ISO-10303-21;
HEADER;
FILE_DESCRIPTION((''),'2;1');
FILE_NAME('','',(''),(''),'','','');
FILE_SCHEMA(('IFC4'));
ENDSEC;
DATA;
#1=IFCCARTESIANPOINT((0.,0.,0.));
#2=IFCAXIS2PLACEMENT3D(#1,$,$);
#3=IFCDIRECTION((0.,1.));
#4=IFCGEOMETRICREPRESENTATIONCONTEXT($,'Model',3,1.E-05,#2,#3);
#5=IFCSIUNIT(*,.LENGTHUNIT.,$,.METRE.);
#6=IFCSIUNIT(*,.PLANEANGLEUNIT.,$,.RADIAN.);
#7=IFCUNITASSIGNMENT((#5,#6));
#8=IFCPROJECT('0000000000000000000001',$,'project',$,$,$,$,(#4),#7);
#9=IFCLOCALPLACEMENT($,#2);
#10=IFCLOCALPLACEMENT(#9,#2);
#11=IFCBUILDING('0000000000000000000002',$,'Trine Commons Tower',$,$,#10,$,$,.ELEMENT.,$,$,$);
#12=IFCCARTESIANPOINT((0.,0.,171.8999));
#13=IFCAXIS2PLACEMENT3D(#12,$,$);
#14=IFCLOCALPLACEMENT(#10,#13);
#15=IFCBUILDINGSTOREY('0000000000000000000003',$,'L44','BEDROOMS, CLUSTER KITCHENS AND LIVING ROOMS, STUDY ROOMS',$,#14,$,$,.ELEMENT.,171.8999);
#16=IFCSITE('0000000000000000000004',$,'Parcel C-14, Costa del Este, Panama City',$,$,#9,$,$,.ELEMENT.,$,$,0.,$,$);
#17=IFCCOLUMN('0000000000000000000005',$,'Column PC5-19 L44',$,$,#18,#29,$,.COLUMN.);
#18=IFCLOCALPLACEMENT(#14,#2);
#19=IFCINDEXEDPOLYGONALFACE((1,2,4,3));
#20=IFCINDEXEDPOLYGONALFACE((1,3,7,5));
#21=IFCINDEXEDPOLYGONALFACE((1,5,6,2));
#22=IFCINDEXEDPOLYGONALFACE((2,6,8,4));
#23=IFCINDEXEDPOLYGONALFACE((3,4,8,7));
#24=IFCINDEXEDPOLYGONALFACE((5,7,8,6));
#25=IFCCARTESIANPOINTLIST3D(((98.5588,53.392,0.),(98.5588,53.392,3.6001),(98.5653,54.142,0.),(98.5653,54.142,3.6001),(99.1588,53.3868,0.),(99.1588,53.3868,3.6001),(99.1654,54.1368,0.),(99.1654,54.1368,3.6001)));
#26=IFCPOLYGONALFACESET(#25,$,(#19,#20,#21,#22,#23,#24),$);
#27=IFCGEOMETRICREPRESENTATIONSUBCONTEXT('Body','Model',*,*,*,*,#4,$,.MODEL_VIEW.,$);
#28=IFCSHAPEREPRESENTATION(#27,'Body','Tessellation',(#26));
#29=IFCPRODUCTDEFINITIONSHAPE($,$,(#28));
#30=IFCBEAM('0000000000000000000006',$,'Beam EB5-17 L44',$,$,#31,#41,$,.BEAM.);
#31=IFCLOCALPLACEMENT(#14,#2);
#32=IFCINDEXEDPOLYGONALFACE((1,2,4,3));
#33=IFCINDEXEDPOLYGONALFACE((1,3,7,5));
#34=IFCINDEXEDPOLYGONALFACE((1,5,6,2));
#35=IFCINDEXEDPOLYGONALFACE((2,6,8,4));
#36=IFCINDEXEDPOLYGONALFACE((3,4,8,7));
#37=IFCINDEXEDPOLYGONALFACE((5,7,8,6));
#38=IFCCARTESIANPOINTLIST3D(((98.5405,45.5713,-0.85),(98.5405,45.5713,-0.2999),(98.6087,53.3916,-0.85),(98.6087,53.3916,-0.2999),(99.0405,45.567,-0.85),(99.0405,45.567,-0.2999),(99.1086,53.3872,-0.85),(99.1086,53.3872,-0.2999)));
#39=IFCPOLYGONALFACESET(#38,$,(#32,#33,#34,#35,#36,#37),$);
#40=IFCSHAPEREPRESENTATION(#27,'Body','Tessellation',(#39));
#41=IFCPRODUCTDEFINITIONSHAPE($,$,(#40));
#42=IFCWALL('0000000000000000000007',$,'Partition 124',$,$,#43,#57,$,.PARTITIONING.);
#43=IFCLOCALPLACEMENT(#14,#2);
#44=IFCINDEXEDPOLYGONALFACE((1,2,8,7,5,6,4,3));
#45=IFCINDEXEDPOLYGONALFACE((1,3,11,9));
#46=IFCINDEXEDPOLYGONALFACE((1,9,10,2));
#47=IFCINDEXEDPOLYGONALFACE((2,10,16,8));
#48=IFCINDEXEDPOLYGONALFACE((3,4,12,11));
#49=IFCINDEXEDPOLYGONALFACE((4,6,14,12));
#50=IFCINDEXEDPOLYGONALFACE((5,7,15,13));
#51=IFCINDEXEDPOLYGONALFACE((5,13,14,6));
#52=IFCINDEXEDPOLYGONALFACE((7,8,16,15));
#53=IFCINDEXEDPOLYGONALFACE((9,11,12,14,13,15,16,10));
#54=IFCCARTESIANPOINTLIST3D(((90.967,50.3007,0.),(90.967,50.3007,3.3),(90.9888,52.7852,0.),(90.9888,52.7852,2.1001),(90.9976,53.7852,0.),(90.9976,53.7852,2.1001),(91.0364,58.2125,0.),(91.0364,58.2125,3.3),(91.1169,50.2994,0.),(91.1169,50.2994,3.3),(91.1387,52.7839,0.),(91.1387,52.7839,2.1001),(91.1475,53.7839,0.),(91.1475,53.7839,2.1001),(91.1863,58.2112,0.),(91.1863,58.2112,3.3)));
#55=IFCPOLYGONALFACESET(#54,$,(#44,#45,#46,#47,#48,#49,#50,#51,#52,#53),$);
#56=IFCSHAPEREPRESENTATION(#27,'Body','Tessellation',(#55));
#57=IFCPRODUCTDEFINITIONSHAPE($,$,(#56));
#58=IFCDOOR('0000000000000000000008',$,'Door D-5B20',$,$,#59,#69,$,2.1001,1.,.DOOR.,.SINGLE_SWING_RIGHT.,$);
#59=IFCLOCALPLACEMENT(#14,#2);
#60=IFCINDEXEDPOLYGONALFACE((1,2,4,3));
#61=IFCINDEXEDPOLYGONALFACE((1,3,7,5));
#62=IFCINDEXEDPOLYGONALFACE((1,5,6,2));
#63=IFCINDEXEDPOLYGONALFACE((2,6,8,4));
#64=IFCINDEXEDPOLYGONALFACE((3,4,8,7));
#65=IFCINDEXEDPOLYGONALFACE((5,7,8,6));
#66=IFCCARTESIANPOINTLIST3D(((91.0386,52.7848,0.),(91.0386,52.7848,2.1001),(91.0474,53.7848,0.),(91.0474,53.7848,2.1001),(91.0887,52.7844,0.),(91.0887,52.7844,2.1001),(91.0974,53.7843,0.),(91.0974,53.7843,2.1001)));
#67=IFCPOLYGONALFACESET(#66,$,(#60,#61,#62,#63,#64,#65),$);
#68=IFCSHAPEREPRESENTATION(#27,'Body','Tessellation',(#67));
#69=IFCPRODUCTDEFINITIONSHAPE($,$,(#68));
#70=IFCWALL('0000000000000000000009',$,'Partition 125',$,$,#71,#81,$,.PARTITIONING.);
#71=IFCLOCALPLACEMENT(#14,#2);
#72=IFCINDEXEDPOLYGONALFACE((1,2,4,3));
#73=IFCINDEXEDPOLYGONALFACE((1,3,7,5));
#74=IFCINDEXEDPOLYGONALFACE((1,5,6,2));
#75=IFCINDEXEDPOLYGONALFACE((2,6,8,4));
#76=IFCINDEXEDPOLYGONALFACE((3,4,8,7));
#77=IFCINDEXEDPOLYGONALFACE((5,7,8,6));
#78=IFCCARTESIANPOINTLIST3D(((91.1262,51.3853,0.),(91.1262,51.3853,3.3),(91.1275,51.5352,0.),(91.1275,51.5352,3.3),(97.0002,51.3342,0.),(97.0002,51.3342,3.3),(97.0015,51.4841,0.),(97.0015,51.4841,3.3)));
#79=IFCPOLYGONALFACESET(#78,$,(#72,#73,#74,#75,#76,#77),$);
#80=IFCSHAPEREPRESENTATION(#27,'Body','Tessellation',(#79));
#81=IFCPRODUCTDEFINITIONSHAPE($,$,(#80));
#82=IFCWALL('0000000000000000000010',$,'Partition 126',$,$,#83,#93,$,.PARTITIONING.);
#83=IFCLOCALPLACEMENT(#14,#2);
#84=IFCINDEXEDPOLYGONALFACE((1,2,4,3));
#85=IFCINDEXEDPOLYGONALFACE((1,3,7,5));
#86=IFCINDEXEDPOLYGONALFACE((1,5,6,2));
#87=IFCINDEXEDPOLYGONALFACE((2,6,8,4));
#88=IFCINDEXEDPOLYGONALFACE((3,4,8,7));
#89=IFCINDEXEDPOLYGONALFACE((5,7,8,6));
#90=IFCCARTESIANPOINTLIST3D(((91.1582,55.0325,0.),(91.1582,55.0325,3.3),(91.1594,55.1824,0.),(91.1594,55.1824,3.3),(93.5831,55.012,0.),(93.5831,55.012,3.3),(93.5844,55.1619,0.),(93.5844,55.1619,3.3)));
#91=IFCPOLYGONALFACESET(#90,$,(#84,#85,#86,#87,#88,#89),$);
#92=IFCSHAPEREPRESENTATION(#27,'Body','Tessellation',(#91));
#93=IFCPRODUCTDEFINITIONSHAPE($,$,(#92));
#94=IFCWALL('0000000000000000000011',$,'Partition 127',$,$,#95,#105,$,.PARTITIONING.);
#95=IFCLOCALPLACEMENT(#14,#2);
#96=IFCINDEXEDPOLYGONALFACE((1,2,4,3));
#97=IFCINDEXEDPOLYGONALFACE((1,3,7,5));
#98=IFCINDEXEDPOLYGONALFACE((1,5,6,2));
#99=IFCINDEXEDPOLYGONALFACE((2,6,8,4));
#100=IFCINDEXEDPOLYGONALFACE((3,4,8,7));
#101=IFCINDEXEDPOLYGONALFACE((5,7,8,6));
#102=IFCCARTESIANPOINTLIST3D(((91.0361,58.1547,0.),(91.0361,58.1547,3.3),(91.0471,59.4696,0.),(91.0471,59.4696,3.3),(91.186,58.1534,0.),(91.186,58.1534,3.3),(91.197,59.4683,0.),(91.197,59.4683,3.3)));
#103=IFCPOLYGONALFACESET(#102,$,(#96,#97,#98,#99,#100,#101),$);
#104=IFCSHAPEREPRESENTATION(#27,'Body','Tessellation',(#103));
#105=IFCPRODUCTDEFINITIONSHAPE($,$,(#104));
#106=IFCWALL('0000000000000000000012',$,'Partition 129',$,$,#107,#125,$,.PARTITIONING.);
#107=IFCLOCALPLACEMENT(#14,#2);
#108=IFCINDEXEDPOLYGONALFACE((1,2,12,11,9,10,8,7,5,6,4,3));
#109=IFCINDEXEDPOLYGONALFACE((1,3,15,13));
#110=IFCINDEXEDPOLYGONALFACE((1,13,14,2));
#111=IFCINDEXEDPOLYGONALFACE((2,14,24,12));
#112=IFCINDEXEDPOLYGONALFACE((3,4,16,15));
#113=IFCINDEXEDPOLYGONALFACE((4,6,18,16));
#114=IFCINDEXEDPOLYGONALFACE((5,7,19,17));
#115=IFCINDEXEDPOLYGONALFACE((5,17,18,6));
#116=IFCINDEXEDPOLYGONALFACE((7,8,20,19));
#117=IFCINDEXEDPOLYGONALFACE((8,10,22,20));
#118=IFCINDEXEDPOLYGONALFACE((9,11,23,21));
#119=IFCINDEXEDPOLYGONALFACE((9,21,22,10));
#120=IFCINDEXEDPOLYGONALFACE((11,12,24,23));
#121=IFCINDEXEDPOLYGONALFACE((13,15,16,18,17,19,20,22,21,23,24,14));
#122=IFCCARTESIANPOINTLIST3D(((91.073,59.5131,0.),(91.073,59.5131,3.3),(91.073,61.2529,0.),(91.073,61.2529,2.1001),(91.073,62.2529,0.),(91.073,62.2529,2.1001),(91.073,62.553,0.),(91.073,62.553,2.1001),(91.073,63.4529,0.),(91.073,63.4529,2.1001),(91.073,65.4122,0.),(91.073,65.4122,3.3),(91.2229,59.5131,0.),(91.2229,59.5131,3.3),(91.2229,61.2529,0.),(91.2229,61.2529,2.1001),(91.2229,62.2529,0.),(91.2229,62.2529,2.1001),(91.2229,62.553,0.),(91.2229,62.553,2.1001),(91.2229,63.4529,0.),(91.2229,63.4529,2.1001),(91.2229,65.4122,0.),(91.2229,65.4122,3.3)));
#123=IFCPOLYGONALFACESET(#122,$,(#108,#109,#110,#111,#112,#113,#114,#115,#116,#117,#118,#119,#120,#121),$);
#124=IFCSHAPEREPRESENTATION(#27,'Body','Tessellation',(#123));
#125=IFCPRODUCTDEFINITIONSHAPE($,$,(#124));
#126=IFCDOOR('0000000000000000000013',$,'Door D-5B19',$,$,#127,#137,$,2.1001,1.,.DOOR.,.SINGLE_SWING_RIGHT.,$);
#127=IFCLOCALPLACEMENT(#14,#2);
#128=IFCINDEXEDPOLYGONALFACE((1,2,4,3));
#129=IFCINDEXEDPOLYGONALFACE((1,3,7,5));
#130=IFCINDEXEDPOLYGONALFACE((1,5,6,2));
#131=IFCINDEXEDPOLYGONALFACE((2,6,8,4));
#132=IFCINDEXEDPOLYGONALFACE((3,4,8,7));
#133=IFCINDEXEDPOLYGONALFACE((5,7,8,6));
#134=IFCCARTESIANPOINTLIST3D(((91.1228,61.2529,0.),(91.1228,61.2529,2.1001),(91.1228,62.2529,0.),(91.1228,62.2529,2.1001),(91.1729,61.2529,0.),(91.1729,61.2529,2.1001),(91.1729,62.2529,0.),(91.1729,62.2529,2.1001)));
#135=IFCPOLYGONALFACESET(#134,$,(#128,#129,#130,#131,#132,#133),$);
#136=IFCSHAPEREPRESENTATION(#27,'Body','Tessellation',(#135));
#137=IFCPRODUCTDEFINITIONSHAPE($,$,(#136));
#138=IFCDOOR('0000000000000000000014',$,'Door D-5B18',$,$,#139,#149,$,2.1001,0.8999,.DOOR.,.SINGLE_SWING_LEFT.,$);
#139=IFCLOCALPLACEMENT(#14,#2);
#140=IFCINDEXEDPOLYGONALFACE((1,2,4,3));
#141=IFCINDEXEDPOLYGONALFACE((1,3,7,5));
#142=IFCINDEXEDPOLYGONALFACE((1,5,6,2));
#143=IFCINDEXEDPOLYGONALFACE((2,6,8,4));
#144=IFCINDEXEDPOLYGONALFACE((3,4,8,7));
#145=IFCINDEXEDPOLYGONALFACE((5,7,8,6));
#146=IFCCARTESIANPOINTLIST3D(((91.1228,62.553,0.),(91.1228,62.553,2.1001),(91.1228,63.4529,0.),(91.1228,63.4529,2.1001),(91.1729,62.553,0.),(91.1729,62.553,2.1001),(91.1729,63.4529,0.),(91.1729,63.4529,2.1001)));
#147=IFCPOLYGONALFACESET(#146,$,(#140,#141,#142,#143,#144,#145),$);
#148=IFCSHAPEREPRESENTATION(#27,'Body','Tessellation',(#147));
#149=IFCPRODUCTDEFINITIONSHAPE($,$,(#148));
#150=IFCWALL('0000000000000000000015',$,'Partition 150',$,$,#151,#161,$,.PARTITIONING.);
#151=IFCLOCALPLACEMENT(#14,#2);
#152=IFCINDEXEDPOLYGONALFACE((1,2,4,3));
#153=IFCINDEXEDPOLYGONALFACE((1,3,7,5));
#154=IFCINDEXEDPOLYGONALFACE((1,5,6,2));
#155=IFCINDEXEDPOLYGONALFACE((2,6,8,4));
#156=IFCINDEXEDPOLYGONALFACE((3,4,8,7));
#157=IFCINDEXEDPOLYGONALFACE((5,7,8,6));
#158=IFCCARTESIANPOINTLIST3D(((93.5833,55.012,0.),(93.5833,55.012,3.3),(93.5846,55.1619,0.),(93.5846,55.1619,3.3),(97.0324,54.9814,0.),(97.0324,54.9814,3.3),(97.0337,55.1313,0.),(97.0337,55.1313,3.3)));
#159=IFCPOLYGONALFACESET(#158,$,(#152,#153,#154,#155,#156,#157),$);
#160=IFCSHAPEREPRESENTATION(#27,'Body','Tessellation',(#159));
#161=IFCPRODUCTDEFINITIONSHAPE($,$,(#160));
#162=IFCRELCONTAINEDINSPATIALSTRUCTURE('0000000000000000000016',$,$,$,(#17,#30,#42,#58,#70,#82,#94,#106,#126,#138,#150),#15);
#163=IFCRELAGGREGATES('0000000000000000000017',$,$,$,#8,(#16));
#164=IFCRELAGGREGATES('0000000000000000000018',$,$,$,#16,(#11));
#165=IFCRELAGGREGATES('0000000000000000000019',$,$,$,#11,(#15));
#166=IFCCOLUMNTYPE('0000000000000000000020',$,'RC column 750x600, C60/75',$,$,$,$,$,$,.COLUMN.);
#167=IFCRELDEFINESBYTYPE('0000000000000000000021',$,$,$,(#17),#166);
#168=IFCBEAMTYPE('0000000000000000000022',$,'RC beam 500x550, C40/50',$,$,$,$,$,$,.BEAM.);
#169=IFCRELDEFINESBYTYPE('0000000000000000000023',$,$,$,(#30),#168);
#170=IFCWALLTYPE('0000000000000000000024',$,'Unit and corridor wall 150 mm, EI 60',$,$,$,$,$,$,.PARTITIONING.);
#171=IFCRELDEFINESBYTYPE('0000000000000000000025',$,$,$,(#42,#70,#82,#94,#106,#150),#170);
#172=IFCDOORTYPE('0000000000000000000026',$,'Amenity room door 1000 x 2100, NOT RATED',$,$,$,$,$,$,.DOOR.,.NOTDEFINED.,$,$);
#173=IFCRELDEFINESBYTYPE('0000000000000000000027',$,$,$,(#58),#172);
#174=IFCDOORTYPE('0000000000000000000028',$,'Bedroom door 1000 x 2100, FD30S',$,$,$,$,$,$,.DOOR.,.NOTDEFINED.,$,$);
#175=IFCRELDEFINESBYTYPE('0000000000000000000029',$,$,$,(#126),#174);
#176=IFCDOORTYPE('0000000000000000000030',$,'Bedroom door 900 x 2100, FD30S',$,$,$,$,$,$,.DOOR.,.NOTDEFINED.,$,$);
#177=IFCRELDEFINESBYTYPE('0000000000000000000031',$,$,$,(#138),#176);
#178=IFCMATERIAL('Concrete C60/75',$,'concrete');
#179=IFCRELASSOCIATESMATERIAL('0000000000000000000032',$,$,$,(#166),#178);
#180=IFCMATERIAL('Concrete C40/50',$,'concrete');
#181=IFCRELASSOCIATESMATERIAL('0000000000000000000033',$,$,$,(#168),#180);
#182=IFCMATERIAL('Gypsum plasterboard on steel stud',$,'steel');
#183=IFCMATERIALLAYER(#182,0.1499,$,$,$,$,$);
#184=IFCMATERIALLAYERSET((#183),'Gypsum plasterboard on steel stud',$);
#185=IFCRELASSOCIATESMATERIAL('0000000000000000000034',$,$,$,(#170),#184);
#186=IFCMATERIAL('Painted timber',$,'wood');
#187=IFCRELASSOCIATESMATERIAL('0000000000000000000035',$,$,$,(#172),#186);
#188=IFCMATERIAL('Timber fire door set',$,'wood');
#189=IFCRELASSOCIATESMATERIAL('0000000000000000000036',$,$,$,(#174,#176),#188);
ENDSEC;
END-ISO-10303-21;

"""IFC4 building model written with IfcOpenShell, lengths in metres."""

from ifc_helpers import new_model, si_unit, direction, frame, frame_2d, origin, origin_2d, place, context, subcontext, project, spatial, rectangle, extrude, material, layer, layer_set, material_profile, profile_set, type_object, element, fill, save


model = new_model("IFC4")

# Units and contexts
model_context = context("Model", 3, precision=1e-05, world=origin(), true_north=direction((0.0, 1.0)))
body_context = subcontext(model_context, "Body", "Model", "MODEL_VIEW")
ifc_project = project(units=[si_unit("LENGTHUNIT", "METRE"), si_unit("PLANEANGLEUNIT", "RADIAN")], contexts=[model_context])

# Site, building, storey
site_placement = place(None, origin())
site = spatial("IfcSite", under=ifc_project, at=site_placement, Name="Parcel C-14, Costa del Este, Panama City", CompositionType="ELEMENT", RefElevation=0.0)
building_placement = place(site_placement, origin())
building = spatial("IfcBuilding", under=site, at=building_placement, Name="Trine Commons Tower", CompositionType="ELEMENT")
storey_placement = place(building_placement, frame((0.0, 0.0, 171.8999)))
storey = spatial("IfcBuildingStorey", under=building, at=storey_placement, Name="L44", Description="BEDROOMS, CLUSTER KITCHENS AND LIVING ROOMS, STUDY ROOMS", CompositionType="ELEMENT", Elevation=171.8999)

# Column
ifc_material_1 = material(Name="Concrete C60/75", Category="concrete")
ifc_material_profile_1 = material_profile(ifc_material_1, rectangle(XDim=0.75, YDim=0.6001, at=origin_2d()), Name="RC 750x600")
ifc_profile_set_1 = profile_set([ifc_material_profile_1], Name="Concrete C60/75")
column_type = type_object("IfcColumnType", Name="RC column 750x600, C60/75", PredefinedType="COLUMN", material=ifc_profile_set_1)
column_placement = place(storey_placement, frame((98.8621, 53.7644, 0.0), z_axis=(0.0, 0.0, 1.0), x_axis=(0.008727, 0.999962, 0.0)))
element("IfcColumn", 1, at=column_placement, inside=storey, type_object=column_type, Name="Column PC5-19 L44", PredefinedType="COLUMN", context=body_context, shape_type="SweptSolid", body=[
    extrude(rectangle(XDim=0.75, YDim=0.6001, at=origin_2d()), origin(), (0.0, 0.0, 1.0), 3.6001),
])

# Beam
ifc_material_2 = material(Name="Concrete C40/50", Category="concrete")
ifc_material_profile_2 = material_profile(ifc_material_2, rectangle(XDim=0.5, YDim=0.55, at=origin_2d()), Name="RC 500x550")
ifc_profile_set_2 = profile_set([ifc_material_profile_2], Name="Concrete C40/50")
beam_type = type_object("IfcBeamType", Name="RC beam 500x550, C40/50", PredefinedType="BEAM", material=ifc_profile_set_2)
beam_placement = place(storey_placement, frame((98.8586, 53.3894, -0.575), z_axis=(-0.00871, -0.999962, 0.0), x_axis=(0.999962, -0.00871, 0.0)))
element("IfcBeam", 2, at=beam_placement, inside=storey, type_object=beam_type, Name="Beam EB5-17 L44", PredefinedType="BEAM", context=body_context, shape_type="SweptSolid", body=[
    extrude(rectangle(XDim=0.5, YDim=0.55, at=origin_2d()), origin(), (0.0, 0.0, 1.0), 7.8206),
])

# Wall, opening, door
ifc_material_3 = material(Name="Gypsum plasterboard on steel stud", Category="steel")
ifc_layer_1 = layer(ifc_material_3, 0.1499)
ifc_layer_set_1 = layer_set([ifc_layer_1], Name="Gypsum plasterboard on steel stud")
wall_type_1 = type_object("IfcWallType", Name="Unit and corridor wall 150 mm, EI 60", PredefinedType="PARTITIONING", material=ifc_layer_set_1)
wall_1_placement = place(storey_placement, frame((91.042, 50.3, 0.0), z_axis=(0.0, 0.0, 1.0), x_axis=(0.008763, 0.999962, 0.0)))
wall_1 = element("IfcWall", 3, at=wall_1_placement, inside=storey, type_object=wall_type_1, Name="Partition 124", PredefinedType="PARTITIONING", context=body_context, shape_type="SweptSolid", body=[
    extrude(rectangle(XDim=7.9121, YDim=0.1499, at=frame_2d((3.9561, 0.0))), origin(), (0.0, 0.0, 1.0), 3.3),
])
opening_1_placement = place(wall_1_placement, frame((2.4846, 0.0, 0.0)))
opening_1 = element("IfcOpeningElement", 4, at=opening_1_placement, cuts=wall_1, PredefinedType="OPENING", context=body_context, shape_type="SweptSolid", body=[
    extrude(rectangle(XDim=1.0, YDim=2.1001, at=frame_2d((0.5, 1.05))), frame((0.0, 0.085, 0.0), z_axis=(0.0, -1.0, 0.0), x_axis=(1.0, 0.0, 0.0)), (0.0, 0.0, 1.0), 0.1699),
])
ifc_material_4 = material(Name="Painted timber", Category="wood")
door_type_1 = type_object("IfcDoorType", Name="Amenity room door 1000 x 2100, NOT RATED", OperationType="NOTDEFINED", PredefinedType="DOOR", material=ifc_material_4)
door_1_placement = place(opening_1_placement, frame((1.0, 0.0, 0.0), z_axis=(0.0, 0.0, 1.0), x_axis=(-1.0, 0.0, 0.0)))
door_1 = element("IfcDoor", 5, at=door_1_placement, inside=storey, type_object=door_type_1, Name="Door D-5B20", OperationType="SINGLE_SWING_RIGHT", OverallHeight=2.1001, OverallWidth=1.0, PredefinedType="DOOR", context=body_context, shape_type="SweptSolid", body=[
    extrude(rectangle(XDim=1.0, YDim=2.1001, at=frame_2d((0.5, 1.05))), frame((0.0, 0.0249, 0.0), z_axis=(0.0, -1.0, 0.0), x_axis=(1.0, 0.0, 0.0)), (0.0, 0.0, 1.0), 0.05),
])
fill(opening_1, door_1)

# Walls
wall_2_placement = place(storey_placement, frame((91.127, 51.4602, 0.0), z_axis=(0.0, 0.0, 1.0), x_axis=(0.999962, -0.008686, 0.0)))
element("IfcWall", 6, at=wall_2_placement, inside=storey, type_object=wall_type_1, Name="Partition 125", PredefinedType="PARTITIONING", context=body_context, shape_type="SweptSolid", body=[
    extrude(rectangle(XDim=5.8743, YDim=0.1499, at=frame_2d((2.937, 0.0))), origin(), (0.0, 0.0, 1.0), 3.3),
])
wall_3_placement = place(storey_placement, frame((91.1589, 55.1074, 0.0), z_axis=(0.0, 0.0, 1.0), x_axis=(0.999964, -0.008456, 0.0)))
element("IfcWall", 7, at=wall_3_placement, inside=storey, type_object=wall_type_1, Name="Partition 126", PredefinedType="PARTITIONING", context=body_context, shape_type="SweptSolid", body=[
    extrude(rectangle(XDim=2.425, YDim=0.1499, at=frame_2d((1.2124, 0.0))), origin(), (0.0, 0.0, 1.0), 3.3),
])
wall_4_placement = place(storey_placement, frame((91.1111, 58.1541, 0.0), z_axis=(0.0, 0.0, 1.0), x_axis=(0.008355, 0.999965, 0.0)))
element("IfcWall", 8, at=wall_4_placement, inside=storey, type_object=wall_type_1, Name="Partition 127", PredefinedType="PARTITIONING", context=body_context, shape_type="SweptSolid", body=[
    extrude(rectangle(XDim=1.3149, YDim=0.1499, at=frame_2d((0.6575, 0.0))), origin(), (0.0, 0.0, 1.0), 3.3),
])

# Wall, openings, doors
wall_5_placement = place(storey_placement, frame((91.1479, 59.5129, 0.0), z_axis=(0.0, 0.0, 1.0), x_axis=(0.0, 1.0, 0.0)))
wall_5 = element("IfcWall", 9, at=wall_5_placement, inside=storey, type_object=wall_type_1, Name="Partition 129", PredefinedType="PARTITIONING", context=body_context, shape_type="SweptSolid", body=[
    extrude(rectangle(XDim=5.8992, YDim=0.1499, at=frame_2d((2.9497, 0.0))), origin(), (0.0, 0.0, 1.0), 3.3),
])
opening_2_placement = place(wall_5_placement, frame((3.04, 0.0, 0.0)))
opening_2 = element("IfcOpeningElement", 10, at=opening_2_placement, cuts=wall_5, PredefinedType="OPENING", context=body_context, shape_type="SweptSolid", body=[
    extrude(rectangle(XDim=0.8999, YDim=2.1001, at=frame_2d((0.45, 1.05))), frame((0.0, 0.085, 0.0), z_axis=(0.0, -1.0, 0.0), x_axis=(1.0, 0.0, 0.0)), (0.0, 0.0, 1.0), 0.1699),
])
opening_3_placement = place(wall_5_placement, frame((1.74, 0.0, 0.0)))
opening_3 = element("IfcOpeningElement", 11, at=opening_3_placement, cuts=wall_5, PredefinedType="OPENING", context=body_context, shape_type="SweptSolid", body=[
    extrude(rectangle(XDim=1.0, YDim=2.1001, at=frame_2d((0.5, 1.05))), frame((0.0, 0.085, 0.0), z_axis=(0.0, -1.0, 0.0), x_axis=(1.0, 0.0, 0.0)), (0.0, 0.0, 1.0), 0.1699),
])
ifc_material_5 = material(Name="Timber fire door set", Category="wood")
door_type_2 = type_object("IfcDoorType", Name="Bedroom door 1000 x 2100, FD30S", OperationType="NOTDEFINED", PredefinedType="DOOR", material=ifc_material_5)
door_2_placement = place(opening_3_placement, frame((1.0, 0.0, 0.0), z_axis=(0.0, 0.0, 1.0), x_axis=(-1.0, 0.0, 0.0)))
door_2 = element("IfcDoor", 12, at=door_2_placement, inside=storey, type_object=door_type_2, Name="Door D-5B19", OperationType="SINGLE_SWING_RIGHT", OverallHeight=2.1001, OverallWidth=1.0, PredefinedType="DOOR", context=body_context, shape_type="SweptSolid", body=[
    extrude(rectangle(XDim=1.0, YDim=2.1001, at=frame_2d((0.5, 1.05))), frame((0.0, 0.0249, 0.0), z_axis=(0.0, -1.0, 0.0), x_axis=(1.0, 0.0, 0.0)), (0.0, 0.0, 1.0), 0.05),
])
fill(opening_3, door_2)
door_type_3 = type_object("IfcDoorType", Name="Bedroom door 900 x 2100, FD30S", OperationType="NOTDEFINED", PredefinedType="DOOR", material=ifc_material_5)
door_3_placement = place(opening_2_placement, frame((0.8999, 0.0, 0.0), z_axis=(0.0, 0.0, 1.0), x_axis=(-1.0, 0.0, 0.0)))
door_3 = element("IfcDoor", 13, at=door_3_placement, inside=storey, type_object=door_type_3, Name="Door D-5B18", OperationType="SINGLE_SWING_LEFT", OverallHeight=2.1001, OverallWidth=0.8999, PredefinedType="DOOR", context=body_context, shape_type="SweptSolid", body=[
    extrude(rectangle(XDim=0.8999, YDim=2.1001, at=frame_2d((0.45, 1.05))), frame((0.0, 0.0249, 0.0), z_axis=(0.0, -1.0, 0.0), x_axis=(1.0, 0.0, 0.0)), (0.0, 0.0, 1.0), 0.05),
])
fill(opening_2, door_3)

# Wall
wall_6_placement = place(storey_placement, frame((93.584, 55.0869, 0.0), z_axis=(0.0, 0.0, 1.0), x_axis=(0.999961, -0.008848, 0.0)))
element("IfcWall", 14, at=wall_6_placement, inside=storey, type_object=wall_type_1, Name="Partition 150", PredefinedType="PARTITIONING", context=body_context, shape_type="SweptSolid", body=[
    extrude(rectangle(XDim=3.4492, YDim=0.1499, at=frame_2d((1.7246, 0.0))), origin(), (0.0, 0.0, 1.0), 3.3),
])

save(model, "model.ifc")
